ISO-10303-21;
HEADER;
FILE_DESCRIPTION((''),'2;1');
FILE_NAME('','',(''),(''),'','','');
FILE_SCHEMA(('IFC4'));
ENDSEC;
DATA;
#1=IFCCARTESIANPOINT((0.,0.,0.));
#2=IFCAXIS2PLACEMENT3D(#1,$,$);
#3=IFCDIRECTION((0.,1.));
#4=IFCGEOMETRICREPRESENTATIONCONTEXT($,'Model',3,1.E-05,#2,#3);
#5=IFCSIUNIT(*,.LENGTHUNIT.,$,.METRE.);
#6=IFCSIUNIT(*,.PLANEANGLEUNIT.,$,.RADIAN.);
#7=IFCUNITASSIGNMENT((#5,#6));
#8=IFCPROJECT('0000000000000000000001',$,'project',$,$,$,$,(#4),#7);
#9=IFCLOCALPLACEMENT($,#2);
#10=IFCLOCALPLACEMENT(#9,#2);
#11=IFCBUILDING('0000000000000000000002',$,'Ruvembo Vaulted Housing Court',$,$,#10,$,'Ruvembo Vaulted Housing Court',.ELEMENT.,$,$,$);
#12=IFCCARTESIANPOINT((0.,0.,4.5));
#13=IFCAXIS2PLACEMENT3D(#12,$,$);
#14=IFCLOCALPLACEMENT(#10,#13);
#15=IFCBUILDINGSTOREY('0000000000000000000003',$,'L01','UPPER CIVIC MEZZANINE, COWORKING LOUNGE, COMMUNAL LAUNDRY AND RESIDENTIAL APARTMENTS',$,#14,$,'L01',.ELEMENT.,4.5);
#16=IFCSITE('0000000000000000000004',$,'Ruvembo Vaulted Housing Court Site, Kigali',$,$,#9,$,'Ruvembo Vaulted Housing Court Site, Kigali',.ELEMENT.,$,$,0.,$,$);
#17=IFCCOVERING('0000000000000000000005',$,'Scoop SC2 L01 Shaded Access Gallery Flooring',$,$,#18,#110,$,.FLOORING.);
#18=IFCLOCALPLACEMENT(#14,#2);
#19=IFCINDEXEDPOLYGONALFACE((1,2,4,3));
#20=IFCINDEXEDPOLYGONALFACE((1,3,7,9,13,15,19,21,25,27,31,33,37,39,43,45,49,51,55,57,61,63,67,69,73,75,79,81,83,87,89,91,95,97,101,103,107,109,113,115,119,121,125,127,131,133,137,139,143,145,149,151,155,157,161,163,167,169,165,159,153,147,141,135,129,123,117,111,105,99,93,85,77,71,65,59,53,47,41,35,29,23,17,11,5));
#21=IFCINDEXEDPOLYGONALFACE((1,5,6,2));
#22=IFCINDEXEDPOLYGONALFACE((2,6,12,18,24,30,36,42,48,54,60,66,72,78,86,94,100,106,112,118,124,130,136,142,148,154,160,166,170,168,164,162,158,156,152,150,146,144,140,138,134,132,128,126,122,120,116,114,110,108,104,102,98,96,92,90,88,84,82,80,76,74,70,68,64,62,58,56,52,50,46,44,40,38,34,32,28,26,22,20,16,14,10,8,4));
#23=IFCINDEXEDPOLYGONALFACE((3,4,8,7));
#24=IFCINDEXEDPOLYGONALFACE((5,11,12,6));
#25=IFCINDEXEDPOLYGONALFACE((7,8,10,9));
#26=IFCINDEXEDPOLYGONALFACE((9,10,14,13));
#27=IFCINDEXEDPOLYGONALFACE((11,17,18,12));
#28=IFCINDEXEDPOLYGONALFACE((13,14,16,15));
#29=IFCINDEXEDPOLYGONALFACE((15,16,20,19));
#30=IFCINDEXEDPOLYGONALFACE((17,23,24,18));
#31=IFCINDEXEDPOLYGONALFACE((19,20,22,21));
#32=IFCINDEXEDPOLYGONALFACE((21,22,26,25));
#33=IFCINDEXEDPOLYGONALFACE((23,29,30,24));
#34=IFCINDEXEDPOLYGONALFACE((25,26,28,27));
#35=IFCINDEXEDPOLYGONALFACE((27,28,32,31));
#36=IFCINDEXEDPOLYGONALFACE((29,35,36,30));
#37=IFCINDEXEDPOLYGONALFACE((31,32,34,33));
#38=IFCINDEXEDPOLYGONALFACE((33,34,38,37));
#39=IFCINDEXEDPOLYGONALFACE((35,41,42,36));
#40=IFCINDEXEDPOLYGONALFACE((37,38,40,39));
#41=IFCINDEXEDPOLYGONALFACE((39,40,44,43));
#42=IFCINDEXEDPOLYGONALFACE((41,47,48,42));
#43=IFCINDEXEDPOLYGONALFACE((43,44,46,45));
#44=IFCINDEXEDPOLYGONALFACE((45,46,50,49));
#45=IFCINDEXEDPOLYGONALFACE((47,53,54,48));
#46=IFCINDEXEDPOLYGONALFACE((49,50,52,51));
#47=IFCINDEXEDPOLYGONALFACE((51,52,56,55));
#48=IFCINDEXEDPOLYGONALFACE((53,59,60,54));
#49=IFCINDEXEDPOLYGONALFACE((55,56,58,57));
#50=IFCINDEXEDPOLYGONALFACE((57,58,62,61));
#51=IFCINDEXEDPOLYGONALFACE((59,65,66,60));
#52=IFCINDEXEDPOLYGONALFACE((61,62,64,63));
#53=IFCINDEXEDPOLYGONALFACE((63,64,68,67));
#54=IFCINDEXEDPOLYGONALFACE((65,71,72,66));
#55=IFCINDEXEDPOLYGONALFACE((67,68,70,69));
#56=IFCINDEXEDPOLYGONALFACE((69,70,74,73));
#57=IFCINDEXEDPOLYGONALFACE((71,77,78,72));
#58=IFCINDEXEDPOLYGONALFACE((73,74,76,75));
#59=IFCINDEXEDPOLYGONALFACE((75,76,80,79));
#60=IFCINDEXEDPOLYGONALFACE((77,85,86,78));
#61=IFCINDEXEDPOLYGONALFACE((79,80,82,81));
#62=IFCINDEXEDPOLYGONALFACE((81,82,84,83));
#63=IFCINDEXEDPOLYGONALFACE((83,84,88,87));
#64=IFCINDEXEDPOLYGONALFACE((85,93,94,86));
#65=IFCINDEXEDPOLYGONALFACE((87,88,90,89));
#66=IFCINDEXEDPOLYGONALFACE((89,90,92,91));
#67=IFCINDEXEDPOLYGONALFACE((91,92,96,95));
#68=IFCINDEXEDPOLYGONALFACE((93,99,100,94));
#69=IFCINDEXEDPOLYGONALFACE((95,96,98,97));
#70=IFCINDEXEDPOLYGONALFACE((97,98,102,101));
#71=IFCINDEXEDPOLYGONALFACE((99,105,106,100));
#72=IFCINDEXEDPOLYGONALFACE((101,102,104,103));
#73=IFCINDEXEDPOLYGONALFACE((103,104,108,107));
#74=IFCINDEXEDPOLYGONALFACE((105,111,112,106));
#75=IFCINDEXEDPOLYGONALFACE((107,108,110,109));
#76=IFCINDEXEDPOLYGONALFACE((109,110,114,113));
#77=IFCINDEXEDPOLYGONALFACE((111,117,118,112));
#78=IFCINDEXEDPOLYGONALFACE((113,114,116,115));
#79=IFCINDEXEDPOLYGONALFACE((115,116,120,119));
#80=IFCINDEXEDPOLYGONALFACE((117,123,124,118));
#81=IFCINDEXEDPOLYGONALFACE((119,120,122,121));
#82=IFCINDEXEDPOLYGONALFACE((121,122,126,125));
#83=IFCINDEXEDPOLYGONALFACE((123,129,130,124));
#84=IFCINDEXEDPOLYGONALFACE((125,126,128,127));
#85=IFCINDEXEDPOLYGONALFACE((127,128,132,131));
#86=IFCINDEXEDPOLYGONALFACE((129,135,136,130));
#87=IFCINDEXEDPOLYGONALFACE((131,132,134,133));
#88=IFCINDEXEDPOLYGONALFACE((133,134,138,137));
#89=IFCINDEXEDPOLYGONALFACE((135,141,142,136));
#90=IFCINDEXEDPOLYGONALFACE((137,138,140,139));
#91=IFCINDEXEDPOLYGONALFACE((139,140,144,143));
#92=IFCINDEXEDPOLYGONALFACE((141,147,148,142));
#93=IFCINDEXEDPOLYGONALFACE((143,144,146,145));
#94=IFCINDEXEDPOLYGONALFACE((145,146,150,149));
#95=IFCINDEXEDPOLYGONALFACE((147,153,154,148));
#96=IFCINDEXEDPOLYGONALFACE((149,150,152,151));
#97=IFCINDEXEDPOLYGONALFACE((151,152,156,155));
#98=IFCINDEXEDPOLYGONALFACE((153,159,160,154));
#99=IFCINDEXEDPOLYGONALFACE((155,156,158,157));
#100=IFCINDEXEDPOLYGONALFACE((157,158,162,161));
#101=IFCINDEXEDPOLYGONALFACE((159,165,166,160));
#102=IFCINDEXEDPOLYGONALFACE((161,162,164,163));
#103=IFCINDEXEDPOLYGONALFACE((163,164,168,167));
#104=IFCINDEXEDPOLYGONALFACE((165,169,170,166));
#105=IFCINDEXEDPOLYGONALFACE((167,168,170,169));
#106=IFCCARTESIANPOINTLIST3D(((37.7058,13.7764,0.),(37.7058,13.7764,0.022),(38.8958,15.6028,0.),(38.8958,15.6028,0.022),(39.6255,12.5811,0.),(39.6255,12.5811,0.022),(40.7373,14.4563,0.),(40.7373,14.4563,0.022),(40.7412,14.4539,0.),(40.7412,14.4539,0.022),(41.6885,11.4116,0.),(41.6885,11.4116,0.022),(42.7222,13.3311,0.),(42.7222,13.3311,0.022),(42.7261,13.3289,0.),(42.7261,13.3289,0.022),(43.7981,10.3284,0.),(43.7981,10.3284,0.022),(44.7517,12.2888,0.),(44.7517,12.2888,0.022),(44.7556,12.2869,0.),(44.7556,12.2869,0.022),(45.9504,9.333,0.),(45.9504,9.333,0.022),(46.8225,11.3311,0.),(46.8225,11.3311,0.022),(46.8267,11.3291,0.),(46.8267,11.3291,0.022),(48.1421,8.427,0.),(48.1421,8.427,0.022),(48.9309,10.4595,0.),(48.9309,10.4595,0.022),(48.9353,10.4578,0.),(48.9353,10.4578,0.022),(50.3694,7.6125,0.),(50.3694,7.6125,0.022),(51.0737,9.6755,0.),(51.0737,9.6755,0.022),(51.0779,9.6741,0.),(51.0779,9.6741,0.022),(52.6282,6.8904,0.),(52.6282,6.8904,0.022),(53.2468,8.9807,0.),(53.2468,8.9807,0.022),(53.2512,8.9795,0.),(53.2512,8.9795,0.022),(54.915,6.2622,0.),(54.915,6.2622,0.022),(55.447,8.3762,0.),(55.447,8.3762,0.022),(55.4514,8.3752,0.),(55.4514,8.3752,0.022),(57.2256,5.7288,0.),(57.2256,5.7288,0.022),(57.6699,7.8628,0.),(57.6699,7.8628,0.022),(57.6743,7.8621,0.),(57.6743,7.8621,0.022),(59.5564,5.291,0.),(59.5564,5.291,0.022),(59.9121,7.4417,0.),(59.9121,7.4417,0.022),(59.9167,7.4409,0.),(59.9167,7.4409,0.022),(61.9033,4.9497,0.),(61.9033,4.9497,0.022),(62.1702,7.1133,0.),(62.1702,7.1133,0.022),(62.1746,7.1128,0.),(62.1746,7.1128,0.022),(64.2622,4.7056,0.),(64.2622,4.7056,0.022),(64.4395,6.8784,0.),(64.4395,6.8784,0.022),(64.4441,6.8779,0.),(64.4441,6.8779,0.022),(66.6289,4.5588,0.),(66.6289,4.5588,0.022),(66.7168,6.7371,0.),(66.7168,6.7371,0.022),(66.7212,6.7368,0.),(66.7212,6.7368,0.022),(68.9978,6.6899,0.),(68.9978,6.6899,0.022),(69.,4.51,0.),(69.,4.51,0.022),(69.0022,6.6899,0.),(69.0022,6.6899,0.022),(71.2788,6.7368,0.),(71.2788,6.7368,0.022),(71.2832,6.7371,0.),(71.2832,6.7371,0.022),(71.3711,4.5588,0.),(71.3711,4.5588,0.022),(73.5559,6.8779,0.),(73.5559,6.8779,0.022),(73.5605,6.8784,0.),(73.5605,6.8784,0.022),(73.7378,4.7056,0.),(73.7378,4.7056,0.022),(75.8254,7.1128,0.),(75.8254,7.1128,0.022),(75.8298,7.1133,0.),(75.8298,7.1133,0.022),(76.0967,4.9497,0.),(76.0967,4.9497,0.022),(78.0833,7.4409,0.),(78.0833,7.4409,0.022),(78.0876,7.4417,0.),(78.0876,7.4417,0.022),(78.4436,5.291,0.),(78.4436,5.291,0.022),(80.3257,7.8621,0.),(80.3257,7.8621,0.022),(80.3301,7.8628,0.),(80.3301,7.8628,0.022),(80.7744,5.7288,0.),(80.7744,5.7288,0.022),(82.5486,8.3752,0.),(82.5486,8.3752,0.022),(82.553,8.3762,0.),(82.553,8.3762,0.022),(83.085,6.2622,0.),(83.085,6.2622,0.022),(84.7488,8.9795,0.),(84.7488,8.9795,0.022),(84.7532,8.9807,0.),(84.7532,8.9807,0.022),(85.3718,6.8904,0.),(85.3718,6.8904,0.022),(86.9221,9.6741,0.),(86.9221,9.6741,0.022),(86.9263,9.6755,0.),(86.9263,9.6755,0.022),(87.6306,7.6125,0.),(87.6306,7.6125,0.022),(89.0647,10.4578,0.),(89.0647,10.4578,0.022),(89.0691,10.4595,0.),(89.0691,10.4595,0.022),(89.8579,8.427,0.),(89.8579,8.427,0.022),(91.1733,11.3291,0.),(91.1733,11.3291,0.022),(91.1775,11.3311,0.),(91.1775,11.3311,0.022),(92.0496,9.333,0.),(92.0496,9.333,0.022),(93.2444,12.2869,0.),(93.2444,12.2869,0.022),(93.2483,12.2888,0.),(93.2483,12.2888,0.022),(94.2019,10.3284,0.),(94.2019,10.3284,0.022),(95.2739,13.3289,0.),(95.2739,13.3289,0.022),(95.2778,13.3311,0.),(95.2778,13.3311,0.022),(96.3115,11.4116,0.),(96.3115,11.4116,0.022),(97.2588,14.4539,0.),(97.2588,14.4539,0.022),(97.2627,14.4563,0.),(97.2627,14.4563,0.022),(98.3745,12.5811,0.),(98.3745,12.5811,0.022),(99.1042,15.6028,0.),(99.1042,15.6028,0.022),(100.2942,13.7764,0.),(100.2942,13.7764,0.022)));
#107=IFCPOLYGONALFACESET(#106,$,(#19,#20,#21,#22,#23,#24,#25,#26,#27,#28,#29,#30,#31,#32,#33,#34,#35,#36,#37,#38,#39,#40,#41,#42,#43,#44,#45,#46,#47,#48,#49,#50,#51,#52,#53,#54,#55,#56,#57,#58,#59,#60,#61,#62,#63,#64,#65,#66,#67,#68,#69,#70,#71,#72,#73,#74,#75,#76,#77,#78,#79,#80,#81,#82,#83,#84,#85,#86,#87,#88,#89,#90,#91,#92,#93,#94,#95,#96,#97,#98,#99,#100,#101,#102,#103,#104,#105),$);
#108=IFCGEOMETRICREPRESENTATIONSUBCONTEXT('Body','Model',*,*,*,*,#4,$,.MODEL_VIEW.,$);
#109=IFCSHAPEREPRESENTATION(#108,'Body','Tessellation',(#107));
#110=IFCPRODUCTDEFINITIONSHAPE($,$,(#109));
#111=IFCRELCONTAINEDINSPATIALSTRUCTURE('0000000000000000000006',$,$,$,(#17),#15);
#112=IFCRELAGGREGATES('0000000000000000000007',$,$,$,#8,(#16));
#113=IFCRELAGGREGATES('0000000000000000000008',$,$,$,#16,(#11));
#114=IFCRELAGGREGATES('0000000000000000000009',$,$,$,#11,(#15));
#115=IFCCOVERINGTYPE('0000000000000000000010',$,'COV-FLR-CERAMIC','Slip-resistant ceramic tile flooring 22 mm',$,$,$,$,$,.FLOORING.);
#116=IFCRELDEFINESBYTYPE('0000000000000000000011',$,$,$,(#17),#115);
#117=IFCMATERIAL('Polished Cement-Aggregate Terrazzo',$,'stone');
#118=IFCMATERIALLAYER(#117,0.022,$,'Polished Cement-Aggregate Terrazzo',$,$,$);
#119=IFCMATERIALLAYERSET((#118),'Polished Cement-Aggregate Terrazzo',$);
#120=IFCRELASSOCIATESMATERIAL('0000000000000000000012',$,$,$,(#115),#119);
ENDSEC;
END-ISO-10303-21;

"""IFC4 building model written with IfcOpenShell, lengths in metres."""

from ifc_helpers import new_model, si_unit, direction, frame, origin, place, context, subcontext, project, spatial, polyline, outline, extrude, material, layer, layer_set, type_object, element, save


model = new_model("IFC4")

# Units and contexts
model_context = context("Model", 3, precision=1e-05, world=origin(), true_north=direction((0.0, 1.0)))
body_context = subcontext(model_context, "Body", "Model", "MODEL_VIEW")
ifc_project = project(units=[si_unit("LENGTHUNIT", "METRE"), si_unit("PLANEANGLEUNIT", "RADIAN")], contexts=[model_context])

# Site, building, storey
site_placement = place(None, origin())
site = spatial("IfcSite", under=ifc_project, at=site_placement, Name="Ruvembo Vaulted Housing Court Site, Kigali", LongName="Ruvembo Vaulted Housing Court Site, Kigali", CompositionType="ELEMENT", RefElevation=0.0)
building_placement = place(site_placement, origin())
building = spatial("IfcBuilding", under=site, at=building_placement, Name="Ruvembo Vaulted Housing Court", LongName="Ruvembo Vaulted Housing Court", CompositionType="ELEMENT")
storey_placement = place(building_placement, frame((0.0, 0.0, 4.5)))
storey = spatial("IfcBuildingStorey", under=building, at=storey_placement, Name="L01", Description="UPPER CIVIC MEZZANINE, COWORKING LOUNGE, COMMUNAL LAUNDRY AND RESIDENTIAL APARTMENTS", LongName="L01", CompositionType="ELEMENT", Elevation=4.5)

# Covering
ifc_material_1 = material(Name="Polished Cement-Aggregate Terrazzo", Category="stone")
ifc_layer_1 = layer(ifc_material_1, 0.022, Name="Polished Cement-Aggregate Terrazzo")
ifc_layer_set_1 = layer_set([ifc_layer_1], Name="Polished Cement-Aggregate Terrazzo")
covering_type_1 = type_object("IfcCoveringType", Name="COV-FLR-CERAMIC", Description="Slip-resistant ceramic tile flooring 22 mm", PredefinedType="FLOORING", material=ifc_layer_set_1)
covering_1_placement = place(storey_placement, origin())
element("IfcCovering", 1, at=covering_1_placement, inside=storey, type_object=covering_type_1, Name="Scoop SC2 L01 Shaded Access Gallery Flooring", PredefinedType="FLOORING", context=body_context, shape_type="SweptSolid", body=[
    extrude(outline(polyline([(40.7412, 14.4539), (40.7373, 14.4563), (38.8958, 15.6028), (37.7058, 13.7764), (39.6255, 12.5811), (41.6885, 11.4116), (43.7981, 10.3284), (45.9504, 9.333), (48.1421, 8.427), (50.3694, 7.6125), (52.6282, 6.8904), (54.915, 6.2622), (57.2256, 5.7288), (59.5564, 5.291), (61.9033, 4.9497), (64.2622, 4.7056), (66.6289, 4.5588), (69.0, 4.51), (71.3711, 4.5588), (73.7378, 4.7056), (76.0967, 4.9497), (78.4436, 5.291), (80.7744, 5.7288), (83.085, 6.2622), (85.3718, 6.8904), (87.6306, 7.6125), (89.8579, 8.427), (92.0496, 9.333), (94.2019, 10.3284), (96.3115, 11.4116), (98.3745, 12.5811), (100.2942, 13.7764), (99.1042, 15.6028), (97.2627, 14.4563), (97.2588, 14.4539), (95.2778, 13.3311), (95.2739, 13.3289), (93.2483, 12.2888), (93.2444, 12.2869), (91.1775, 11.3311), (91.1733, 11.3291), (89.0691, 10.4595), (89.0647, 10.4578), (86.9263, 9.6755), (86.9221, 9.6741), (84.7532, 8.9807), (84.7488, 8.9795), (82.553, 8.3762), (82.5486, 8.3752), (80.3301, 7.8628), (80.3257, 7.8621), (78.0876, 7.4417), (78.0833, 7.4409), (75.8298, 7.1133), (75.8254, 7.1128), (73.5605, 6.8784), (73.5559, 6.8779), (71.2832, 6.7371), (71.2788, 6.7368), (69.0022, 6.6899), (68.9978, 6.6899), (66.7212, 6.7368), (66.7168, 6.7371), (64.4441, 6.8779), (64.4395, 6.8784), (62.1746, 7.1128), (62.1702, 7.1133), (59.9167, 7.4409), (59.9121, 7.4417), (57.6743, 7.8621), (57.6699, 7.8628), (55.4514, 8.3752), (55.447, 8.3762), (53.2512, 8.9795), (53.2468, 8.9807), (51.0779, 9.6741), (51.0737, 9.6755), (48.9353, 10.4578), (48.9309, 10.4595), (46.8267, 11.3291), (46.8225, 11.3311), (44.7556, 12.2869), (44.7517, 12.2888), (42.7261, 13.3289), (42.7222, 13.3311), (40.7412, 14.4539)])), origin(), (0.0, 0.0, 1.0), 0.022),
])

save(model, "model.ifc")
